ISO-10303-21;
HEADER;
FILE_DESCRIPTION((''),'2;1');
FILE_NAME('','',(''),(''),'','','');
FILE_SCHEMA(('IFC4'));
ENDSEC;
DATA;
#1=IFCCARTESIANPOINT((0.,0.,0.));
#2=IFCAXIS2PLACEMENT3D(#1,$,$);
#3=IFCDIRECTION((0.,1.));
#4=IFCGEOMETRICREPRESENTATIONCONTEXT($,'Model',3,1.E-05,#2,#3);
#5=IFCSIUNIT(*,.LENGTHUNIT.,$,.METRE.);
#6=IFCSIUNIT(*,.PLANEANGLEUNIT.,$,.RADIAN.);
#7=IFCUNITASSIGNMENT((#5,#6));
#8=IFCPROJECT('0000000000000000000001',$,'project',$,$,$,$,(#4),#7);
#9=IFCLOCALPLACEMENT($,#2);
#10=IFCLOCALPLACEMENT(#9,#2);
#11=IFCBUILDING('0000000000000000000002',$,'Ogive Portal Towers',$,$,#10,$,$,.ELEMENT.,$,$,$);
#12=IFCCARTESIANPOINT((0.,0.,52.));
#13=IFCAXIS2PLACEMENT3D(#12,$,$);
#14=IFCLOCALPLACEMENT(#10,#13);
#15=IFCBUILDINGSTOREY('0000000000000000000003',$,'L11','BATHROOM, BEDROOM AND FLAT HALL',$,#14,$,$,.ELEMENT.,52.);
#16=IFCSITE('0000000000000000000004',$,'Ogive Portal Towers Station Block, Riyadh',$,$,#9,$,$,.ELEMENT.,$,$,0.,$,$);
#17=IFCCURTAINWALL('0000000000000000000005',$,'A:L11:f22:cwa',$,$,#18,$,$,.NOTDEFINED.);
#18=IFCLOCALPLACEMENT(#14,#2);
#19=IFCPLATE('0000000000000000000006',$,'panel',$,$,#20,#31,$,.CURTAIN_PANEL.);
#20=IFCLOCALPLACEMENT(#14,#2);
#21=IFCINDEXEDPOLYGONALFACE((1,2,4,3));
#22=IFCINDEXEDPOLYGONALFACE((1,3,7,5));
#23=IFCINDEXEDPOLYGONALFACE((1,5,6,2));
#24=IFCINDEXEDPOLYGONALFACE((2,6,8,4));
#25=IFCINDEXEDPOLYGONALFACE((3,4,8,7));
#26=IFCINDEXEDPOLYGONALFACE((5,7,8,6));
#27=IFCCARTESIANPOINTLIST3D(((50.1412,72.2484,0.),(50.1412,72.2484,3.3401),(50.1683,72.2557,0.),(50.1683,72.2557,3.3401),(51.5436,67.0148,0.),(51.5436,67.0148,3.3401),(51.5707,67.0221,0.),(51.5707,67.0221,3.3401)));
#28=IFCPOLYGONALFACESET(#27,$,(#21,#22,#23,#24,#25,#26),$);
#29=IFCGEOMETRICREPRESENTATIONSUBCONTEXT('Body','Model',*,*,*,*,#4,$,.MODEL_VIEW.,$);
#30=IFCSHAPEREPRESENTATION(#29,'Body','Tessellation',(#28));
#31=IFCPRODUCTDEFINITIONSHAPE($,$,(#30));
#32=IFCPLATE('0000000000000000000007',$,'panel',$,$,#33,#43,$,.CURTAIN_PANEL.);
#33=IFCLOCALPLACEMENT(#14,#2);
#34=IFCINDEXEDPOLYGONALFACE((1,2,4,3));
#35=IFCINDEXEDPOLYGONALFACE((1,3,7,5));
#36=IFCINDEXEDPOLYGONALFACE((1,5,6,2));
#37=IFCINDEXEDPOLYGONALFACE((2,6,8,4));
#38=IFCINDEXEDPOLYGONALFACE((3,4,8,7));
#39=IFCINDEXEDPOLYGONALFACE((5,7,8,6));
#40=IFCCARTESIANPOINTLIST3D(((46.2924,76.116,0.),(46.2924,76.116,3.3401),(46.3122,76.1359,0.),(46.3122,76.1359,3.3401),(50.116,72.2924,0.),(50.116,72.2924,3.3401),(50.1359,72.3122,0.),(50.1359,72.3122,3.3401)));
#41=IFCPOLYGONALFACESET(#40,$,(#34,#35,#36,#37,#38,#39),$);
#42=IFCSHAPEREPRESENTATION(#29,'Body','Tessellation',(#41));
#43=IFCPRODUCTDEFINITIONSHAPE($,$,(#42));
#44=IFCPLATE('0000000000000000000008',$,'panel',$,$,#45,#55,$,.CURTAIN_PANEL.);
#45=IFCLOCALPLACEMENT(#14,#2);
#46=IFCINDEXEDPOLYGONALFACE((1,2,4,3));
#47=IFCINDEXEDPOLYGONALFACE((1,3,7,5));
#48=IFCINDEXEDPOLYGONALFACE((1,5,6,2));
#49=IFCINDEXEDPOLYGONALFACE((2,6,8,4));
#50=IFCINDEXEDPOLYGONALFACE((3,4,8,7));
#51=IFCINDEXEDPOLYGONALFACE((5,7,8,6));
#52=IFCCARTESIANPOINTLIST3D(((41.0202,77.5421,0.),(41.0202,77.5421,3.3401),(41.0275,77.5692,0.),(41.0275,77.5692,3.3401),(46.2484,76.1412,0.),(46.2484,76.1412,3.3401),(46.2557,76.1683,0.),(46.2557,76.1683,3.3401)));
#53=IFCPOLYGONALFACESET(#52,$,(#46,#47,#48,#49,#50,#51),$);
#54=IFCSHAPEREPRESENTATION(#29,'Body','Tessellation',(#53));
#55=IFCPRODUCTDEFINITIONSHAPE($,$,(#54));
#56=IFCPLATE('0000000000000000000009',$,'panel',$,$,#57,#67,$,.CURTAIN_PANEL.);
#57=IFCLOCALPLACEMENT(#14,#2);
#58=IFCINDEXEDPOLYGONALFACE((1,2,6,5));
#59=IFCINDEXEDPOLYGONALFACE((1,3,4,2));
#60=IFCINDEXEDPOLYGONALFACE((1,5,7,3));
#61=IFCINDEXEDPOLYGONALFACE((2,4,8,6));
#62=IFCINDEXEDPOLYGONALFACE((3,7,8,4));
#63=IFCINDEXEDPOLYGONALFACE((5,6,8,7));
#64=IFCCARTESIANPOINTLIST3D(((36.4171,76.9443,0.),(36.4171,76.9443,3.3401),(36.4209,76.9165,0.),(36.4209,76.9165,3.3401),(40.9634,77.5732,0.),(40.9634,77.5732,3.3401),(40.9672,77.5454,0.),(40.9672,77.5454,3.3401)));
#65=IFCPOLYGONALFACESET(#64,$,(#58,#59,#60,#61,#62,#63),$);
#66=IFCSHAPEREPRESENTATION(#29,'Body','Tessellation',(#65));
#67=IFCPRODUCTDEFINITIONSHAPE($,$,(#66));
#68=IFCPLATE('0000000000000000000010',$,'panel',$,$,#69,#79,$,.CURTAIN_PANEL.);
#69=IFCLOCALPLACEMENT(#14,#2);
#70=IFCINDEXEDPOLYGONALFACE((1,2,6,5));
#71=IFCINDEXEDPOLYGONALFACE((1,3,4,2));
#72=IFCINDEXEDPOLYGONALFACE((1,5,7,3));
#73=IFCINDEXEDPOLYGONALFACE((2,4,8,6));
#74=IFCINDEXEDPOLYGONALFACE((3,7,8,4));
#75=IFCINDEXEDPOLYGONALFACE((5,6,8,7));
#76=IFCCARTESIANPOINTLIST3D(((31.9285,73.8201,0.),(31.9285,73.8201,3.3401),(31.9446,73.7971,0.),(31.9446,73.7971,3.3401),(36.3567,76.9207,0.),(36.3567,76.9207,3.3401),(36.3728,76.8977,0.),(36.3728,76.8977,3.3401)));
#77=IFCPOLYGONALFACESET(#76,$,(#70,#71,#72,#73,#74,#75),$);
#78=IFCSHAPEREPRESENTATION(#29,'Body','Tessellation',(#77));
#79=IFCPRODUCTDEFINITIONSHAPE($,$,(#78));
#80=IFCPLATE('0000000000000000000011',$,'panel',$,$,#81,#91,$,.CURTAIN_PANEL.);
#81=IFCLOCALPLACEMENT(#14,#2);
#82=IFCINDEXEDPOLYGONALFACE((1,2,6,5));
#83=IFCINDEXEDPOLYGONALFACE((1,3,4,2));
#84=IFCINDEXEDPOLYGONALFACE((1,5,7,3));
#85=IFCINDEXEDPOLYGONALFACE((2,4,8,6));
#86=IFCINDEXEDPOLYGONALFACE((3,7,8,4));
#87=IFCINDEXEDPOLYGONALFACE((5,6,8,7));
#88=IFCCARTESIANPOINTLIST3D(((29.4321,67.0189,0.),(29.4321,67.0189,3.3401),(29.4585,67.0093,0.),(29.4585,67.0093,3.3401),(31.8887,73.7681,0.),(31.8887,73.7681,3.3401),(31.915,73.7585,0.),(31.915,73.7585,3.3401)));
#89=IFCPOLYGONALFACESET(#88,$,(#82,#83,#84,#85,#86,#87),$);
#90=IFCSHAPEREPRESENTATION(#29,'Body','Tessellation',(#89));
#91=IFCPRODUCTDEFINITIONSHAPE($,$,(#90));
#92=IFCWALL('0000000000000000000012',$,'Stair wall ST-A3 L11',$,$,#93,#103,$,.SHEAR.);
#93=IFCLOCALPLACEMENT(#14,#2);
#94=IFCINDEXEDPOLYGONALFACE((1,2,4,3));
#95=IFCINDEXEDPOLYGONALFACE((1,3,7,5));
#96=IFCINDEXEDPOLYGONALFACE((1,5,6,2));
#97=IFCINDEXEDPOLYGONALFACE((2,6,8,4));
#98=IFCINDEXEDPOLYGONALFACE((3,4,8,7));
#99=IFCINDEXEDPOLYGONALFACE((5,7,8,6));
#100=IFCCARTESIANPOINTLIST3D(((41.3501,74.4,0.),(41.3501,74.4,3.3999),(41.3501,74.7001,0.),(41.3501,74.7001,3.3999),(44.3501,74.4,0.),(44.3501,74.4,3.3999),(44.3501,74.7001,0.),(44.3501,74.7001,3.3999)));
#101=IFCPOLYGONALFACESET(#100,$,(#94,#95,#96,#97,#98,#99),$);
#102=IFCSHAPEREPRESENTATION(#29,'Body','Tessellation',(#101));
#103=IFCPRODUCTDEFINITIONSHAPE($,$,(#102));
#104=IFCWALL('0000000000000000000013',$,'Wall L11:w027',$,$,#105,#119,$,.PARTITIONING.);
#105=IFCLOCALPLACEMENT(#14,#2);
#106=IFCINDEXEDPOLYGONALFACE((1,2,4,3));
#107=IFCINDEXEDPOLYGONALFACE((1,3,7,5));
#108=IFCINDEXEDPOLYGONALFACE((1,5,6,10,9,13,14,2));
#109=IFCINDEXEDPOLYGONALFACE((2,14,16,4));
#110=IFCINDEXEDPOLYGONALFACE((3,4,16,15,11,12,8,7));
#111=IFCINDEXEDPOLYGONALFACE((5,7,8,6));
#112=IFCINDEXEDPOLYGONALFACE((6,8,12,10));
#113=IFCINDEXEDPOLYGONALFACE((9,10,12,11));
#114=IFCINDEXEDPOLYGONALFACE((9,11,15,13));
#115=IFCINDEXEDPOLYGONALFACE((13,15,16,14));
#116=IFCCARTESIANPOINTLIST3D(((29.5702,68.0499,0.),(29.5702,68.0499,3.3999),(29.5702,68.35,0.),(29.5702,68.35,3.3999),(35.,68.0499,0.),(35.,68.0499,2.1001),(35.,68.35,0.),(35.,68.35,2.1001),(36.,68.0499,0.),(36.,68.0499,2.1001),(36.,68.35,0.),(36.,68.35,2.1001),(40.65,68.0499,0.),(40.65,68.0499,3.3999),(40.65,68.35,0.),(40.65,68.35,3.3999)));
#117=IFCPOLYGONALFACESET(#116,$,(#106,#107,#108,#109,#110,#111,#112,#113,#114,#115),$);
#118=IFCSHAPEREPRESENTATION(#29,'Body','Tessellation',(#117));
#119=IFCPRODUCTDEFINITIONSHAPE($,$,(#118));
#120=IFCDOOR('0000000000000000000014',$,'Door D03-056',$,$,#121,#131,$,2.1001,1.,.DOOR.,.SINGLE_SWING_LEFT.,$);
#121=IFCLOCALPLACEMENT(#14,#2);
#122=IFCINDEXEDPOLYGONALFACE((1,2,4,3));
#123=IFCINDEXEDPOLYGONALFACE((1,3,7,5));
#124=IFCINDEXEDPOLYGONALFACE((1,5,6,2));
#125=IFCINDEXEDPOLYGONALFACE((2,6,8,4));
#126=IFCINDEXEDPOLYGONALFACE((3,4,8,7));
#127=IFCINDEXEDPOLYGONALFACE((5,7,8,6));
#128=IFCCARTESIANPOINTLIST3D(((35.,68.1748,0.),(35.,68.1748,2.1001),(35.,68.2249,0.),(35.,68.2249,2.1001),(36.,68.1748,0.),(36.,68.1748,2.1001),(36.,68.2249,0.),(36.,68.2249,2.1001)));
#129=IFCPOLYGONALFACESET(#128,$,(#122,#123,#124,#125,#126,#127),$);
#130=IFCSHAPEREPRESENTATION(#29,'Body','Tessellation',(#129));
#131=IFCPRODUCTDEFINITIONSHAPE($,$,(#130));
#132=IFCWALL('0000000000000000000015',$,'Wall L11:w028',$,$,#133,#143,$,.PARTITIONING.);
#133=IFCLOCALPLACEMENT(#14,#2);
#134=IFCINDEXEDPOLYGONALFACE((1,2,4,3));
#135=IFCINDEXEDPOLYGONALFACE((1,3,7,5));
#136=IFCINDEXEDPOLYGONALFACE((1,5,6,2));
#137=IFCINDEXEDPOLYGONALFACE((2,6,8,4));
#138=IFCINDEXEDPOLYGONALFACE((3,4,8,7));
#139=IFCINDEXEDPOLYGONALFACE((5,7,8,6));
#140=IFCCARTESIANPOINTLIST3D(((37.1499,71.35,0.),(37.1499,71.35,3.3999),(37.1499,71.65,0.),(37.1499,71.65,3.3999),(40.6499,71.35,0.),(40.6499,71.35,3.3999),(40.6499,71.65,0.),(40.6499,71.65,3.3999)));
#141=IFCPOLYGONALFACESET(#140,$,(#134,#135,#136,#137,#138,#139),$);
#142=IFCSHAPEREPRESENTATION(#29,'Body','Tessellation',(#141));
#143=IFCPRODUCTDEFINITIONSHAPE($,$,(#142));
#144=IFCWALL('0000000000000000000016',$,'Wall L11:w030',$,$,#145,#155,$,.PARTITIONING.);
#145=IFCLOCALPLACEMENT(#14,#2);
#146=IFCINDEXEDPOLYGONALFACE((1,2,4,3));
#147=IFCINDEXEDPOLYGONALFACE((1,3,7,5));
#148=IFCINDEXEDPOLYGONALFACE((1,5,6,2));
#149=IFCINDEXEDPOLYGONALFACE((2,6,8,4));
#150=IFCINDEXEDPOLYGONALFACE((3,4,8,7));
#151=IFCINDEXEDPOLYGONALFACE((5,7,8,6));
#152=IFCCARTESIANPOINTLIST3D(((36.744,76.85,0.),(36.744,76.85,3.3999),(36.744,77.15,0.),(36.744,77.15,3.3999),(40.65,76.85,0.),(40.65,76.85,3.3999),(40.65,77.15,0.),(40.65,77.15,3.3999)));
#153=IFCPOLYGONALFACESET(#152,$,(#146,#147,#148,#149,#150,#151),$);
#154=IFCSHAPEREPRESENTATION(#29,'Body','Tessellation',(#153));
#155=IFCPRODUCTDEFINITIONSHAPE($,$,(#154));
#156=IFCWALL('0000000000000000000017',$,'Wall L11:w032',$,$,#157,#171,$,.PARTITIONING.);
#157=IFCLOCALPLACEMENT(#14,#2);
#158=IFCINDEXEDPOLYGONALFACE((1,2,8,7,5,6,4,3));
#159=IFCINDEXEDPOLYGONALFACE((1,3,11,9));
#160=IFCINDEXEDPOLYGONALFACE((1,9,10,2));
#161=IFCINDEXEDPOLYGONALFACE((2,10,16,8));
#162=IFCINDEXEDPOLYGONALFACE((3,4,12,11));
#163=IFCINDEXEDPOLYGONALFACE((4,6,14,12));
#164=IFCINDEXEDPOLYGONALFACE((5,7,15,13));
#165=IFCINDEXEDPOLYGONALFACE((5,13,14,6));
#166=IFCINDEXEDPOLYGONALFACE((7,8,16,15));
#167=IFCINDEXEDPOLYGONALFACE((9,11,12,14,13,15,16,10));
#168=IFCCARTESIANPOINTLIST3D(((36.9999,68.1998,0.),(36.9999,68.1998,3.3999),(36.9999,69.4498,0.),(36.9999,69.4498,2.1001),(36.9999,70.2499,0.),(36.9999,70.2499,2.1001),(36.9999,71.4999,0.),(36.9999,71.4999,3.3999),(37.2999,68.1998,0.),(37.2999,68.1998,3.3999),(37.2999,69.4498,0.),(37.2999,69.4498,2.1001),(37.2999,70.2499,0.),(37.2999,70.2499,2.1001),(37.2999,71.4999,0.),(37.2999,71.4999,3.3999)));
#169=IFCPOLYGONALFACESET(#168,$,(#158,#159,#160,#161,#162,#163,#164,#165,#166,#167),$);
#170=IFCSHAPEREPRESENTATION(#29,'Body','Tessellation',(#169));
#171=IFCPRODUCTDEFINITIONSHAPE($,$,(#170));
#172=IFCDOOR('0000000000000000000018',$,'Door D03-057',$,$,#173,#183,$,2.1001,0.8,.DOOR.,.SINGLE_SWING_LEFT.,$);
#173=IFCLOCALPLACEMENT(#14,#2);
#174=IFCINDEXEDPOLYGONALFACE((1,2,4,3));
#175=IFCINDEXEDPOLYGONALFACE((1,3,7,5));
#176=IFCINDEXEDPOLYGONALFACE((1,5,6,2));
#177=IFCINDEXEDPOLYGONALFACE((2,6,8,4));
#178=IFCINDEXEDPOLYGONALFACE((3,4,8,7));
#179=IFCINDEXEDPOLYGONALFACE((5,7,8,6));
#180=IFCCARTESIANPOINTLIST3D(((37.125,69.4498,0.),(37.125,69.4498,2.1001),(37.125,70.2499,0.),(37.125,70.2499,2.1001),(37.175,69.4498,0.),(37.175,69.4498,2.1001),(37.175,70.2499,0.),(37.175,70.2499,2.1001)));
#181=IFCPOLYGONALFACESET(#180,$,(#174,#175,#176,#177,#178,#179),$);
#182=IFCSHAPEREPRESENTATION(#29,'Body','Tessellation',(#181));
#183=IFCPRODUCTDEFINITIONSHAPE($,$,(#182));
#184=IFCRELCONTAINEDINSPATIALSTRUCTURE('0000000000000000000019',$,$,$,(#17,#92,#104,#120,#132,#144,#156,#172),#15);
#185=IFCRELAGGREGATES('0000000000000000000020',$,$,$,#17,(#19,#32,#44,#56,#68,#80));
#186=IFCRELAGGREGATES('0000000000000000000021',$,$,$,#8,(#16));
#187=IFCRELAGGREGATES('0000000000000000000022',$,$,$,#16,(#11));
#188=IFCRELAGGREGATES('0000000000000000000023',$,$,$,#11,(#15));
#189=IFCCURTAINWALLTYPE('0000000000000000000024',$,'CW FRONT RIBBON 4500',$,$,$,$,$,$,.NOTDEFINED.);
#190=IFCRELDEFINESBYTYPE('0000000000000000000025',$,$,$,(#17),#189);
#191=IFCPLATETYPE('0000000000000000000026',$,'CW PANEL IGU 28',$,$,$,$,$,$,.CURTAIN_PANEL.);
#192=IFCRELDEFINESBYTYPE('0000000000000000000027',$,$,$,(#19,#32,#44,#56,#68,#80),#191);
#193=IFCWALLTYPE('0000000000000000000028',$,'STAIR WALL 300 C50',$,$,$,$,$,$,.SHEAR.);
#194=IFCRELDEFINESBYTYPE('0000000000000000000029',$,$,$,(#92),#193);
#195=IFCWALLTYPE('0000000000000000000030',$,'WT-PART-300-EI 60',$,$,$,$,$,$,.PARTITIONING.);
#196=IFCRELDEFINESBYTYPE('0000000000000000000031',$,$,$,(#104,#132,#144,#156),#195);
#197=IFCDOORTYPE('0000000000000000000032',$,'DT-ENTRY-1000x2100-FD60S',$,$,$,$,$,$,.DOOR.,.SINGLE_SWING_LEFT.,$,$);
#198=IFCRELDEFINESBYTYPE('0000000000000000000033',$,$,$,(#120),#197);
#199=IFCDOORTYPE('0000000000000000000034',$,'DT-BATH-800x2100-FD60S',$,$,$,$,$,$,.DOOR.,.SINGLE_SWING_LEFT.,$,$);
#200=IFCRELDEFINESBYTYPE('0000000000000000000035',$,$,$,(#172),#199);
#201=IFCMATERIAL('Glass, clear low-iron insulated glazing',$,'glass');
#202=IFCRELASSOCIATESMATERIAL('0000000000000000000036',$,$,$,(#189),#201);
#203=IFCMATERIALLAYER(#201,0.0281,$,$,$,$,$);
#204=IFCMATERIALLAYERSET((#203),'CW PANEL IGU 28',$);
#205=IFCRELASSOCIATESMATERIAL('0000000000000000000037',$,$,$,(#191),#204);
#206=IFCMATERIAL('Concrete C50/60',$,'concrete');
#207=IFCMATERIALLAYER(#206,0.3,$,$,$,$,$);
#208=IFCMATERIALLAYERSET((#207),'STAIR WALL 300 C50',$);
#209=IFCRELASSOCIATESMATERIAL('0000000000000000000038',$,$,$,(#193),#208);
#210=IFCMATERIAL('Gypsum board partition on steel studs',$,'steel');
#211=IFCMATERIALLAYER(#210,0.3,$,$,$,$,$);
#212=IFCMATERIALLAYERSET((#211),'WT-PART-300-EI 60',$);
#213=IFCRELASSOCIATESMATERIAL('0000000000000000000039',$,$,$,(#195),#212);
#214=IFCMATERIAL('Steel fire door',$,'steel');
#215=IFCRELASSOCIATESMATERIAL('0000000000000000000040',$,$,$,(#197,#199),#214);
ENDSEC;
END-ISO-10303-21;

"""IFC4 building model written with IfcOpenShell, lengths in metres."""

from ifc_helpers import new_model, si_unit, direction, frame, frame_2d, origin, origin_2d, place, context, subcontext, project, spatial, rectangle, extrude, material, layer, layer_set, type_object, element, fill, aggregate, save


model = new_model("IFC4")

# Units and contexts
model_context = context("Model", 3, precision=1e-05, world=origin(), true_north=direction((0.0, 1.0)))
body_context = subcontext(model_context, "Body", "Model", "MODEL_VIEW")
ifc_project = project(units=[si_unit("LENGTHUNIT", "METRE"), si_unit("PLANEANGLEUNIT", "RADIAN")], contexts=[model_context])

# Site, building, storey
site_placement = place(None, origin())
site = spatial("IfcSite", under=ifc_project, at=site_placement, Name="Ogive Portal Towers Station Block, Riyadh", CompositionType="ELEMENT", RefElevation=0.0)
building_placement = place(site_placement, origin())
building = spatial("IfcBuilding", under=site, at=building_placement, Name="Ogive Portal Towers", CompositionType="ELEMENT")
storey_placement = place(building_placement, frame((0.0, 0.0, 52.0)))
storey = spatial("IfcBuildingStorey", under=building, at=storey_placement, Name="L11", Description="BATHROOM, BEDROOM AND FLAT HALL", CompositionType="ELEMENT", Elevation=52.0)

# Curtain wall, plates
ifc_material_1 = material(Name="Glass, clear low-iron insulated glazing", Category="glass")
curtain_wall_type = type_object("IfcCurtainWallType", Name="CW FRONT RIBBON 4500", PredefinedType="NOTDEFINED", material=ifc_material_1)
curtain_wall_placement = place(storey_placement, origin())
curtain_wall = element("IfcCurtainWall", 1, at=curtain_wall_placement, inside=storey, type_object=curtain_wall_type, Name="A:L11:f22:cwa", PredefinedType="NOTDEFINED")
ifc_layer_1 = layer(ifc_material_1, 0.0281)
ifc_layer_set_1 = layer_set([ifc_layer_1], Name="CW PANEL IGU 28")
plate_type = type_object("IfcPlateType", Name="CW PANEL IGU 28", PredefinedType="CURTAIN_PANEL", material=ifc_layer_set_1)
plate_1_placement = place(storey_placement, frame((50.856, 69.6353, 0.0), z_axis=(0.0, 0.0, 1.0), x_axis=(-0.258819, 0.965926, 0.0)))
plate_1 = element("IfcPlate", 2, at=plate_1_placement, type_object=plate_type, Name="panel", PredefinedType="CURTAIN_PANEL", context=body_context, shape_type="SweptSolid", body=[
    extrude(rectangle(XDim=5.4182, YDim=0.0281, at=origin_2d()), origin(), (0.0, 0.0, 1.0), 3.3401),
])
plate_2_placement = place(storey_placement, frame((48.2141, 74.2141, 0.0), z_axis=(0.0, 0.0, 1.0), x_axis=(-0.707107, 0.707107, 0.0)))
plate_2 = element("IfcPlate", 3, at=plate_2_placement, type_object=plate_type, Name="panel", PredefinedType="CURTAIN_PANEL", context=body_context, shape_type="SweptSolid", body=[
    extrude(rectangle(XDim=5.4075, YDim=0.0281, at=origin_2d()), origin(), (0.0, 0.0, 1.0), 3.3401),
])
plate_3_placement = place(storey_placement, frame((43.6379, 76.8552, 0.0), z_axis=(0.0, 0.0, 1.0), x_axis=(-0.965926, 0.258819, 0.0)))
plate_3 = element("IfcPlate", 4, at=plate_3_placement, type_object=plate_type, Name="panel", PredefinedType="CURTAIN_PANEL", context=body_context, shape_type="SweptSolid", body=[
    extrude(rectangle(XDim=5.4126, YDim=0.0281, at=origin_2d()), origin(), (0.0, 0.0, 1.0), 3.3401),
])
plate_4_placement = place(storey_placement, frame((38.6921, 77.2449, 0.0), z_axis=(0.0, 0.0, 1.0), x_axis=(-0.990567, -0.137027, 0.0)))
plate_4 = element("IfcPlate", 5, at=plate_4_placement, type_object=plate_type, Name="panel", PredefinedType="CURTAIN_PANEL", context=body_context, shape_type="SweptSolid", body=[
    extrude(rectangle(XDim=4.5896, YDim=0.0281, at=origin_2d()), origin(), (0.0, 0.0, 1.0), 3.3401),
])
plate_5_placement = place(storey_placement, frame((34.1506, 75.3589, 0.0), z_axis=(0.0, 0.0, 1.0), x_axis=(-0.819152, -0.573576, 0.0)))
plate_5 = element("IfcPlate", 6, at=plate_5_placement, type_object=plate_type, Name="panel", PredefinedType="CURTAIN_PANEL", context=body_context, shape_type="SweptSolid", body=[
    extrude(rectangle(XDim=5.4058, YDim=0.0281, at=origin_2d()), origin(), (0.0, 0.0, 1.0), 3.3401),
])
plate_6_placement = place(storey_placement, frame((30.6736, 70.3887, 0.0), z_axis=(0.0, 0.0, 1.0), x_axis=(-0.34202, -0.939693, 0.0)))
plate_6 = element("IfcPlate", 7, at=plate_6_placement, type_object=plate_type, Name="panel", PredefinedType="CURTAIN_PANEL", context=body_context, shape_type="SweptSolid", body=[
    extrude(rectangle(XDim=7.1824, YDim=0.0281, at=origin_2d()), origin(), (0.0, 0.0, 1.0), 3.3401),
])
aggregate(curtain_wall, [plate_1, plate_2, plate_3, plate_4, plate_5, plate_6])

# Wall
ifc_material_2 = material(Name="Concrete C50/60", Category="concrete")
ifc_layer_2 = layer(ifc_material_2, 0.3)
ifc_layer_set_2 = layer_set([ifc_layer_2], Name="STAIR WALL 300 C50")
wall_type_1 = type_object("IfcWallType", Name="STAIR WALL 300 C50", PredefinedType="SHEAR", material=ifc_layer_set_2)
wall_1_placement = place(storey_placement, frame((41.3501, 74.55, 0.0), z_axis=(0.0, 0.0, 1.0), x_axis=(1.0, 0.0, 0.0)))
element("IfcWall", 8, at=wall_1_placement, inside=storey, type_object=wall_type_1, Name="Stair wall ST-A3 L11", PredefinedType="SHEAR", context=body_context, shape_type="SweptSolid", body=[
    extrude(rectangle(XDim=3.0, YDim=0.3, at=frame_2d((1.5, 0.0))), origin(), (0.0, 0.0, 1.0), 3.3999),
])

# Wall, opening, door
ifc_material_3 = material(Name="Gypsum board partition on steel studs", Category="steel")
ifc_layer_3 = layer(ifc_material_3, 0.3)
ifc_layer_set_3 = layer_set([ifc_layer_3], Name="WT-PART-300-EI 60")
wall_type_2 = type_object("IfcWallType", Name="WT-PART-300-EI 60", PredefinedType="PARTITIONING", material=ifc_layer_set_3)
wall_2_placement = place(storey_placement, frame((29.5701, 68.2, 0.0), z_axis=(0.0, 0.0, 1.0), x_axis=(1.0, 0.0, 0.0)))
wall_2 = element("IfcWall", 9, at=wall_2_placement, inside=storey, type_object=wall_type_2, Name="Wall L11:w027", PredefinedType="PARTITIONING", context=body_context, shape_type="SweptSolid", body=[
    extrude(rectangle(XDim=11.0798, YDim=0.3, at=frame_2d((5.54, 0.0))), origin(), (0.0, 0.0, 1.0), 3.3999),
])
opening_1_placement = place(wall_2_placement, frame((5.4299, 0.0, 0.0)))
opening_1 = element("IfcOpeningElement", 10, at=opening_1_placement, cuts=wall_2, PredefinedType="OPENING", context=body_context, shape_type="SweptSolid", body=[
    extrude(rectangle(XDim=1.0, YDim=2.1001, at=frame_2d((0.5, 1.05))), frame((0.0, 0.1602, 0.0), z_axis=(0.0, -1.0, 0.0), x_axis=(1.0, 0.0, 0.0)), (0.0, 0.0, 1.0), 0.3201),
])
ifc_material_4 = material(Name="Steel fire door", Category="steel")
door_type_1 = type_object("IfcDoorType", Name="DT-ENTRY-1000x2100-FD60S", OperationType="SINGLE_SWING_LEFT", PredefinedType="DOOR", material=ifc_material_4)
door_1_placement = place(opening_1_placement, origin())
door_1 = element("IfcDoor", 11, at=door_1_placement, inside=storey, type_object=door_type_1, Name="Door D03-056", OperationType="SINGLE_SWING_LEFT", OverallHeight=2.1001, OverallWidth=1.0, PredefinedType="DOOR", context=body_context, shape_type="SweptSolid", body=[
    extrude(rectangle(XDim=1.0, YDim=2.1001, at=frame_2d((0.5, 1.05))), frame((0.0, 0.0249, 0.0), z_axis=(0.0, -1.0, 0.0), x_axis=(1.0, 0.0, 0.0)), (0.0, 0.0, 1.0), 0.05),
])
fill(opening_1, door_1)

# Walls
wall_3_placement = place(storey_placement, frame((37.1499, 71.5, 0.0), z_axis=(0.0, 0.0, 1.0), x_axis=(1.0, 0.0, 0.0)))
element("IfcWall", 12, at=wall_3_placement, inside=storey, type_object=wall_type_2, Name="Wall L11:w028", PredefinedType="PARTITIONING", context=body_context, shape_type="SweptSolid", body=[
    extrude(rectangle(XDim=3.5, YDim=0.3, at=frame_2d((1.75, 0.0))), origin(), (0.0, 0.0, 1.0), 3.3999),
])
wall_4_placement = place(storey_placement, frame((36.7439, 77.0, 0.0), z_axis=(0.0, 0.0, 1.0), x_axis=(1.0, 0.0, 0.0)))
element("IfcWall", 13, at=wall_4_placement, inside=storey, type_object=wall_type_2, Name="Wall L11:w030", PredefinedType="PARTITIONING", context=body_context, shape_type="SweptSolid", body=[
    extrude(rectangle(XDim=3.906, YDim=0.3, at=frame_2d((1.9531, 0.0))), origin(), (0.0, 0.0, 1.0), 3.3999),
])

# Wall, opening, door
wall_5_placement = place(storey_placement, frame((37.1499, 68.2, 0.0), z_axis=(0.0, 0.0, 1.0), x_axis=(0.0, 1.0, 0.0)))
wall_5 = element("IfcWall", 14, at=wall_5_placement, inside=storey, type_object=wall_type_2, Name="Wall L11:w032", PredefinedType="PARTITIONING", context=body_context, shape_type="SweptSolid", body=[
    extrude(rectangle(XDim=3.3, YDim=0.3, at=frame_2d((1.6499, 0.0))), origin(), (0.0, 0.0, 1.0), 3.3999),
])
opening_2_placement = place(wall_5_placement, frame((1.25, 0.0, 0.0)))
opening_2 = element("IfcOpeningElement", 15, at=opening_2_placement, cuts=wall_5, PredefinedType="OPENING", context=body_context, shape_type="SweptSolid", body=[
    extrude(rectangle(XDim=0.8, YDim=2.1001, at=frame_2d((0.3999, 1.05))), frame((0.0, 0.1602, 0.0), z_axis=(0.0, -1.0, 0.0), x_axis=(1.0, 0.0, 0.0)), (0.0, 0.0, 1.0), 0.3201),
])
door_type_2 = type_object("IfcDoorType", Name="DT-BATH-800x2100-FD60S", OperationType="SINGLE_SWING_LEFT", PredefinedType="DOOR", material=ifc_material_4)
door_2_placement = place(opening_2_placement, origin())
door_2 = element("IfcDoor", 16, at=door_2_placement, inside=storey, type_object=door_type_2, Name="Door D03-057", OperationType="SINGLE_SWING_LEFT", OverallHeight=2.1001, OverallWidth=0.8, PredefinedType="DOOR", context=body_context, shape_type="SweptSolid", body=[
    extrude(rectangle(XDim=0.8, YDim=2.1001, at=frame_2d((0.3999, 1.05))), frame((0.0, 0.0249, 0.0), z_axis=(0.0, -1.0, 0.0), x_axis=(1.0, 0.0, 0.0)), (0.0, 0.0, 1.0), 0.05),
])
fill(opening_2, door_2)

save(model, "model.ifc")
